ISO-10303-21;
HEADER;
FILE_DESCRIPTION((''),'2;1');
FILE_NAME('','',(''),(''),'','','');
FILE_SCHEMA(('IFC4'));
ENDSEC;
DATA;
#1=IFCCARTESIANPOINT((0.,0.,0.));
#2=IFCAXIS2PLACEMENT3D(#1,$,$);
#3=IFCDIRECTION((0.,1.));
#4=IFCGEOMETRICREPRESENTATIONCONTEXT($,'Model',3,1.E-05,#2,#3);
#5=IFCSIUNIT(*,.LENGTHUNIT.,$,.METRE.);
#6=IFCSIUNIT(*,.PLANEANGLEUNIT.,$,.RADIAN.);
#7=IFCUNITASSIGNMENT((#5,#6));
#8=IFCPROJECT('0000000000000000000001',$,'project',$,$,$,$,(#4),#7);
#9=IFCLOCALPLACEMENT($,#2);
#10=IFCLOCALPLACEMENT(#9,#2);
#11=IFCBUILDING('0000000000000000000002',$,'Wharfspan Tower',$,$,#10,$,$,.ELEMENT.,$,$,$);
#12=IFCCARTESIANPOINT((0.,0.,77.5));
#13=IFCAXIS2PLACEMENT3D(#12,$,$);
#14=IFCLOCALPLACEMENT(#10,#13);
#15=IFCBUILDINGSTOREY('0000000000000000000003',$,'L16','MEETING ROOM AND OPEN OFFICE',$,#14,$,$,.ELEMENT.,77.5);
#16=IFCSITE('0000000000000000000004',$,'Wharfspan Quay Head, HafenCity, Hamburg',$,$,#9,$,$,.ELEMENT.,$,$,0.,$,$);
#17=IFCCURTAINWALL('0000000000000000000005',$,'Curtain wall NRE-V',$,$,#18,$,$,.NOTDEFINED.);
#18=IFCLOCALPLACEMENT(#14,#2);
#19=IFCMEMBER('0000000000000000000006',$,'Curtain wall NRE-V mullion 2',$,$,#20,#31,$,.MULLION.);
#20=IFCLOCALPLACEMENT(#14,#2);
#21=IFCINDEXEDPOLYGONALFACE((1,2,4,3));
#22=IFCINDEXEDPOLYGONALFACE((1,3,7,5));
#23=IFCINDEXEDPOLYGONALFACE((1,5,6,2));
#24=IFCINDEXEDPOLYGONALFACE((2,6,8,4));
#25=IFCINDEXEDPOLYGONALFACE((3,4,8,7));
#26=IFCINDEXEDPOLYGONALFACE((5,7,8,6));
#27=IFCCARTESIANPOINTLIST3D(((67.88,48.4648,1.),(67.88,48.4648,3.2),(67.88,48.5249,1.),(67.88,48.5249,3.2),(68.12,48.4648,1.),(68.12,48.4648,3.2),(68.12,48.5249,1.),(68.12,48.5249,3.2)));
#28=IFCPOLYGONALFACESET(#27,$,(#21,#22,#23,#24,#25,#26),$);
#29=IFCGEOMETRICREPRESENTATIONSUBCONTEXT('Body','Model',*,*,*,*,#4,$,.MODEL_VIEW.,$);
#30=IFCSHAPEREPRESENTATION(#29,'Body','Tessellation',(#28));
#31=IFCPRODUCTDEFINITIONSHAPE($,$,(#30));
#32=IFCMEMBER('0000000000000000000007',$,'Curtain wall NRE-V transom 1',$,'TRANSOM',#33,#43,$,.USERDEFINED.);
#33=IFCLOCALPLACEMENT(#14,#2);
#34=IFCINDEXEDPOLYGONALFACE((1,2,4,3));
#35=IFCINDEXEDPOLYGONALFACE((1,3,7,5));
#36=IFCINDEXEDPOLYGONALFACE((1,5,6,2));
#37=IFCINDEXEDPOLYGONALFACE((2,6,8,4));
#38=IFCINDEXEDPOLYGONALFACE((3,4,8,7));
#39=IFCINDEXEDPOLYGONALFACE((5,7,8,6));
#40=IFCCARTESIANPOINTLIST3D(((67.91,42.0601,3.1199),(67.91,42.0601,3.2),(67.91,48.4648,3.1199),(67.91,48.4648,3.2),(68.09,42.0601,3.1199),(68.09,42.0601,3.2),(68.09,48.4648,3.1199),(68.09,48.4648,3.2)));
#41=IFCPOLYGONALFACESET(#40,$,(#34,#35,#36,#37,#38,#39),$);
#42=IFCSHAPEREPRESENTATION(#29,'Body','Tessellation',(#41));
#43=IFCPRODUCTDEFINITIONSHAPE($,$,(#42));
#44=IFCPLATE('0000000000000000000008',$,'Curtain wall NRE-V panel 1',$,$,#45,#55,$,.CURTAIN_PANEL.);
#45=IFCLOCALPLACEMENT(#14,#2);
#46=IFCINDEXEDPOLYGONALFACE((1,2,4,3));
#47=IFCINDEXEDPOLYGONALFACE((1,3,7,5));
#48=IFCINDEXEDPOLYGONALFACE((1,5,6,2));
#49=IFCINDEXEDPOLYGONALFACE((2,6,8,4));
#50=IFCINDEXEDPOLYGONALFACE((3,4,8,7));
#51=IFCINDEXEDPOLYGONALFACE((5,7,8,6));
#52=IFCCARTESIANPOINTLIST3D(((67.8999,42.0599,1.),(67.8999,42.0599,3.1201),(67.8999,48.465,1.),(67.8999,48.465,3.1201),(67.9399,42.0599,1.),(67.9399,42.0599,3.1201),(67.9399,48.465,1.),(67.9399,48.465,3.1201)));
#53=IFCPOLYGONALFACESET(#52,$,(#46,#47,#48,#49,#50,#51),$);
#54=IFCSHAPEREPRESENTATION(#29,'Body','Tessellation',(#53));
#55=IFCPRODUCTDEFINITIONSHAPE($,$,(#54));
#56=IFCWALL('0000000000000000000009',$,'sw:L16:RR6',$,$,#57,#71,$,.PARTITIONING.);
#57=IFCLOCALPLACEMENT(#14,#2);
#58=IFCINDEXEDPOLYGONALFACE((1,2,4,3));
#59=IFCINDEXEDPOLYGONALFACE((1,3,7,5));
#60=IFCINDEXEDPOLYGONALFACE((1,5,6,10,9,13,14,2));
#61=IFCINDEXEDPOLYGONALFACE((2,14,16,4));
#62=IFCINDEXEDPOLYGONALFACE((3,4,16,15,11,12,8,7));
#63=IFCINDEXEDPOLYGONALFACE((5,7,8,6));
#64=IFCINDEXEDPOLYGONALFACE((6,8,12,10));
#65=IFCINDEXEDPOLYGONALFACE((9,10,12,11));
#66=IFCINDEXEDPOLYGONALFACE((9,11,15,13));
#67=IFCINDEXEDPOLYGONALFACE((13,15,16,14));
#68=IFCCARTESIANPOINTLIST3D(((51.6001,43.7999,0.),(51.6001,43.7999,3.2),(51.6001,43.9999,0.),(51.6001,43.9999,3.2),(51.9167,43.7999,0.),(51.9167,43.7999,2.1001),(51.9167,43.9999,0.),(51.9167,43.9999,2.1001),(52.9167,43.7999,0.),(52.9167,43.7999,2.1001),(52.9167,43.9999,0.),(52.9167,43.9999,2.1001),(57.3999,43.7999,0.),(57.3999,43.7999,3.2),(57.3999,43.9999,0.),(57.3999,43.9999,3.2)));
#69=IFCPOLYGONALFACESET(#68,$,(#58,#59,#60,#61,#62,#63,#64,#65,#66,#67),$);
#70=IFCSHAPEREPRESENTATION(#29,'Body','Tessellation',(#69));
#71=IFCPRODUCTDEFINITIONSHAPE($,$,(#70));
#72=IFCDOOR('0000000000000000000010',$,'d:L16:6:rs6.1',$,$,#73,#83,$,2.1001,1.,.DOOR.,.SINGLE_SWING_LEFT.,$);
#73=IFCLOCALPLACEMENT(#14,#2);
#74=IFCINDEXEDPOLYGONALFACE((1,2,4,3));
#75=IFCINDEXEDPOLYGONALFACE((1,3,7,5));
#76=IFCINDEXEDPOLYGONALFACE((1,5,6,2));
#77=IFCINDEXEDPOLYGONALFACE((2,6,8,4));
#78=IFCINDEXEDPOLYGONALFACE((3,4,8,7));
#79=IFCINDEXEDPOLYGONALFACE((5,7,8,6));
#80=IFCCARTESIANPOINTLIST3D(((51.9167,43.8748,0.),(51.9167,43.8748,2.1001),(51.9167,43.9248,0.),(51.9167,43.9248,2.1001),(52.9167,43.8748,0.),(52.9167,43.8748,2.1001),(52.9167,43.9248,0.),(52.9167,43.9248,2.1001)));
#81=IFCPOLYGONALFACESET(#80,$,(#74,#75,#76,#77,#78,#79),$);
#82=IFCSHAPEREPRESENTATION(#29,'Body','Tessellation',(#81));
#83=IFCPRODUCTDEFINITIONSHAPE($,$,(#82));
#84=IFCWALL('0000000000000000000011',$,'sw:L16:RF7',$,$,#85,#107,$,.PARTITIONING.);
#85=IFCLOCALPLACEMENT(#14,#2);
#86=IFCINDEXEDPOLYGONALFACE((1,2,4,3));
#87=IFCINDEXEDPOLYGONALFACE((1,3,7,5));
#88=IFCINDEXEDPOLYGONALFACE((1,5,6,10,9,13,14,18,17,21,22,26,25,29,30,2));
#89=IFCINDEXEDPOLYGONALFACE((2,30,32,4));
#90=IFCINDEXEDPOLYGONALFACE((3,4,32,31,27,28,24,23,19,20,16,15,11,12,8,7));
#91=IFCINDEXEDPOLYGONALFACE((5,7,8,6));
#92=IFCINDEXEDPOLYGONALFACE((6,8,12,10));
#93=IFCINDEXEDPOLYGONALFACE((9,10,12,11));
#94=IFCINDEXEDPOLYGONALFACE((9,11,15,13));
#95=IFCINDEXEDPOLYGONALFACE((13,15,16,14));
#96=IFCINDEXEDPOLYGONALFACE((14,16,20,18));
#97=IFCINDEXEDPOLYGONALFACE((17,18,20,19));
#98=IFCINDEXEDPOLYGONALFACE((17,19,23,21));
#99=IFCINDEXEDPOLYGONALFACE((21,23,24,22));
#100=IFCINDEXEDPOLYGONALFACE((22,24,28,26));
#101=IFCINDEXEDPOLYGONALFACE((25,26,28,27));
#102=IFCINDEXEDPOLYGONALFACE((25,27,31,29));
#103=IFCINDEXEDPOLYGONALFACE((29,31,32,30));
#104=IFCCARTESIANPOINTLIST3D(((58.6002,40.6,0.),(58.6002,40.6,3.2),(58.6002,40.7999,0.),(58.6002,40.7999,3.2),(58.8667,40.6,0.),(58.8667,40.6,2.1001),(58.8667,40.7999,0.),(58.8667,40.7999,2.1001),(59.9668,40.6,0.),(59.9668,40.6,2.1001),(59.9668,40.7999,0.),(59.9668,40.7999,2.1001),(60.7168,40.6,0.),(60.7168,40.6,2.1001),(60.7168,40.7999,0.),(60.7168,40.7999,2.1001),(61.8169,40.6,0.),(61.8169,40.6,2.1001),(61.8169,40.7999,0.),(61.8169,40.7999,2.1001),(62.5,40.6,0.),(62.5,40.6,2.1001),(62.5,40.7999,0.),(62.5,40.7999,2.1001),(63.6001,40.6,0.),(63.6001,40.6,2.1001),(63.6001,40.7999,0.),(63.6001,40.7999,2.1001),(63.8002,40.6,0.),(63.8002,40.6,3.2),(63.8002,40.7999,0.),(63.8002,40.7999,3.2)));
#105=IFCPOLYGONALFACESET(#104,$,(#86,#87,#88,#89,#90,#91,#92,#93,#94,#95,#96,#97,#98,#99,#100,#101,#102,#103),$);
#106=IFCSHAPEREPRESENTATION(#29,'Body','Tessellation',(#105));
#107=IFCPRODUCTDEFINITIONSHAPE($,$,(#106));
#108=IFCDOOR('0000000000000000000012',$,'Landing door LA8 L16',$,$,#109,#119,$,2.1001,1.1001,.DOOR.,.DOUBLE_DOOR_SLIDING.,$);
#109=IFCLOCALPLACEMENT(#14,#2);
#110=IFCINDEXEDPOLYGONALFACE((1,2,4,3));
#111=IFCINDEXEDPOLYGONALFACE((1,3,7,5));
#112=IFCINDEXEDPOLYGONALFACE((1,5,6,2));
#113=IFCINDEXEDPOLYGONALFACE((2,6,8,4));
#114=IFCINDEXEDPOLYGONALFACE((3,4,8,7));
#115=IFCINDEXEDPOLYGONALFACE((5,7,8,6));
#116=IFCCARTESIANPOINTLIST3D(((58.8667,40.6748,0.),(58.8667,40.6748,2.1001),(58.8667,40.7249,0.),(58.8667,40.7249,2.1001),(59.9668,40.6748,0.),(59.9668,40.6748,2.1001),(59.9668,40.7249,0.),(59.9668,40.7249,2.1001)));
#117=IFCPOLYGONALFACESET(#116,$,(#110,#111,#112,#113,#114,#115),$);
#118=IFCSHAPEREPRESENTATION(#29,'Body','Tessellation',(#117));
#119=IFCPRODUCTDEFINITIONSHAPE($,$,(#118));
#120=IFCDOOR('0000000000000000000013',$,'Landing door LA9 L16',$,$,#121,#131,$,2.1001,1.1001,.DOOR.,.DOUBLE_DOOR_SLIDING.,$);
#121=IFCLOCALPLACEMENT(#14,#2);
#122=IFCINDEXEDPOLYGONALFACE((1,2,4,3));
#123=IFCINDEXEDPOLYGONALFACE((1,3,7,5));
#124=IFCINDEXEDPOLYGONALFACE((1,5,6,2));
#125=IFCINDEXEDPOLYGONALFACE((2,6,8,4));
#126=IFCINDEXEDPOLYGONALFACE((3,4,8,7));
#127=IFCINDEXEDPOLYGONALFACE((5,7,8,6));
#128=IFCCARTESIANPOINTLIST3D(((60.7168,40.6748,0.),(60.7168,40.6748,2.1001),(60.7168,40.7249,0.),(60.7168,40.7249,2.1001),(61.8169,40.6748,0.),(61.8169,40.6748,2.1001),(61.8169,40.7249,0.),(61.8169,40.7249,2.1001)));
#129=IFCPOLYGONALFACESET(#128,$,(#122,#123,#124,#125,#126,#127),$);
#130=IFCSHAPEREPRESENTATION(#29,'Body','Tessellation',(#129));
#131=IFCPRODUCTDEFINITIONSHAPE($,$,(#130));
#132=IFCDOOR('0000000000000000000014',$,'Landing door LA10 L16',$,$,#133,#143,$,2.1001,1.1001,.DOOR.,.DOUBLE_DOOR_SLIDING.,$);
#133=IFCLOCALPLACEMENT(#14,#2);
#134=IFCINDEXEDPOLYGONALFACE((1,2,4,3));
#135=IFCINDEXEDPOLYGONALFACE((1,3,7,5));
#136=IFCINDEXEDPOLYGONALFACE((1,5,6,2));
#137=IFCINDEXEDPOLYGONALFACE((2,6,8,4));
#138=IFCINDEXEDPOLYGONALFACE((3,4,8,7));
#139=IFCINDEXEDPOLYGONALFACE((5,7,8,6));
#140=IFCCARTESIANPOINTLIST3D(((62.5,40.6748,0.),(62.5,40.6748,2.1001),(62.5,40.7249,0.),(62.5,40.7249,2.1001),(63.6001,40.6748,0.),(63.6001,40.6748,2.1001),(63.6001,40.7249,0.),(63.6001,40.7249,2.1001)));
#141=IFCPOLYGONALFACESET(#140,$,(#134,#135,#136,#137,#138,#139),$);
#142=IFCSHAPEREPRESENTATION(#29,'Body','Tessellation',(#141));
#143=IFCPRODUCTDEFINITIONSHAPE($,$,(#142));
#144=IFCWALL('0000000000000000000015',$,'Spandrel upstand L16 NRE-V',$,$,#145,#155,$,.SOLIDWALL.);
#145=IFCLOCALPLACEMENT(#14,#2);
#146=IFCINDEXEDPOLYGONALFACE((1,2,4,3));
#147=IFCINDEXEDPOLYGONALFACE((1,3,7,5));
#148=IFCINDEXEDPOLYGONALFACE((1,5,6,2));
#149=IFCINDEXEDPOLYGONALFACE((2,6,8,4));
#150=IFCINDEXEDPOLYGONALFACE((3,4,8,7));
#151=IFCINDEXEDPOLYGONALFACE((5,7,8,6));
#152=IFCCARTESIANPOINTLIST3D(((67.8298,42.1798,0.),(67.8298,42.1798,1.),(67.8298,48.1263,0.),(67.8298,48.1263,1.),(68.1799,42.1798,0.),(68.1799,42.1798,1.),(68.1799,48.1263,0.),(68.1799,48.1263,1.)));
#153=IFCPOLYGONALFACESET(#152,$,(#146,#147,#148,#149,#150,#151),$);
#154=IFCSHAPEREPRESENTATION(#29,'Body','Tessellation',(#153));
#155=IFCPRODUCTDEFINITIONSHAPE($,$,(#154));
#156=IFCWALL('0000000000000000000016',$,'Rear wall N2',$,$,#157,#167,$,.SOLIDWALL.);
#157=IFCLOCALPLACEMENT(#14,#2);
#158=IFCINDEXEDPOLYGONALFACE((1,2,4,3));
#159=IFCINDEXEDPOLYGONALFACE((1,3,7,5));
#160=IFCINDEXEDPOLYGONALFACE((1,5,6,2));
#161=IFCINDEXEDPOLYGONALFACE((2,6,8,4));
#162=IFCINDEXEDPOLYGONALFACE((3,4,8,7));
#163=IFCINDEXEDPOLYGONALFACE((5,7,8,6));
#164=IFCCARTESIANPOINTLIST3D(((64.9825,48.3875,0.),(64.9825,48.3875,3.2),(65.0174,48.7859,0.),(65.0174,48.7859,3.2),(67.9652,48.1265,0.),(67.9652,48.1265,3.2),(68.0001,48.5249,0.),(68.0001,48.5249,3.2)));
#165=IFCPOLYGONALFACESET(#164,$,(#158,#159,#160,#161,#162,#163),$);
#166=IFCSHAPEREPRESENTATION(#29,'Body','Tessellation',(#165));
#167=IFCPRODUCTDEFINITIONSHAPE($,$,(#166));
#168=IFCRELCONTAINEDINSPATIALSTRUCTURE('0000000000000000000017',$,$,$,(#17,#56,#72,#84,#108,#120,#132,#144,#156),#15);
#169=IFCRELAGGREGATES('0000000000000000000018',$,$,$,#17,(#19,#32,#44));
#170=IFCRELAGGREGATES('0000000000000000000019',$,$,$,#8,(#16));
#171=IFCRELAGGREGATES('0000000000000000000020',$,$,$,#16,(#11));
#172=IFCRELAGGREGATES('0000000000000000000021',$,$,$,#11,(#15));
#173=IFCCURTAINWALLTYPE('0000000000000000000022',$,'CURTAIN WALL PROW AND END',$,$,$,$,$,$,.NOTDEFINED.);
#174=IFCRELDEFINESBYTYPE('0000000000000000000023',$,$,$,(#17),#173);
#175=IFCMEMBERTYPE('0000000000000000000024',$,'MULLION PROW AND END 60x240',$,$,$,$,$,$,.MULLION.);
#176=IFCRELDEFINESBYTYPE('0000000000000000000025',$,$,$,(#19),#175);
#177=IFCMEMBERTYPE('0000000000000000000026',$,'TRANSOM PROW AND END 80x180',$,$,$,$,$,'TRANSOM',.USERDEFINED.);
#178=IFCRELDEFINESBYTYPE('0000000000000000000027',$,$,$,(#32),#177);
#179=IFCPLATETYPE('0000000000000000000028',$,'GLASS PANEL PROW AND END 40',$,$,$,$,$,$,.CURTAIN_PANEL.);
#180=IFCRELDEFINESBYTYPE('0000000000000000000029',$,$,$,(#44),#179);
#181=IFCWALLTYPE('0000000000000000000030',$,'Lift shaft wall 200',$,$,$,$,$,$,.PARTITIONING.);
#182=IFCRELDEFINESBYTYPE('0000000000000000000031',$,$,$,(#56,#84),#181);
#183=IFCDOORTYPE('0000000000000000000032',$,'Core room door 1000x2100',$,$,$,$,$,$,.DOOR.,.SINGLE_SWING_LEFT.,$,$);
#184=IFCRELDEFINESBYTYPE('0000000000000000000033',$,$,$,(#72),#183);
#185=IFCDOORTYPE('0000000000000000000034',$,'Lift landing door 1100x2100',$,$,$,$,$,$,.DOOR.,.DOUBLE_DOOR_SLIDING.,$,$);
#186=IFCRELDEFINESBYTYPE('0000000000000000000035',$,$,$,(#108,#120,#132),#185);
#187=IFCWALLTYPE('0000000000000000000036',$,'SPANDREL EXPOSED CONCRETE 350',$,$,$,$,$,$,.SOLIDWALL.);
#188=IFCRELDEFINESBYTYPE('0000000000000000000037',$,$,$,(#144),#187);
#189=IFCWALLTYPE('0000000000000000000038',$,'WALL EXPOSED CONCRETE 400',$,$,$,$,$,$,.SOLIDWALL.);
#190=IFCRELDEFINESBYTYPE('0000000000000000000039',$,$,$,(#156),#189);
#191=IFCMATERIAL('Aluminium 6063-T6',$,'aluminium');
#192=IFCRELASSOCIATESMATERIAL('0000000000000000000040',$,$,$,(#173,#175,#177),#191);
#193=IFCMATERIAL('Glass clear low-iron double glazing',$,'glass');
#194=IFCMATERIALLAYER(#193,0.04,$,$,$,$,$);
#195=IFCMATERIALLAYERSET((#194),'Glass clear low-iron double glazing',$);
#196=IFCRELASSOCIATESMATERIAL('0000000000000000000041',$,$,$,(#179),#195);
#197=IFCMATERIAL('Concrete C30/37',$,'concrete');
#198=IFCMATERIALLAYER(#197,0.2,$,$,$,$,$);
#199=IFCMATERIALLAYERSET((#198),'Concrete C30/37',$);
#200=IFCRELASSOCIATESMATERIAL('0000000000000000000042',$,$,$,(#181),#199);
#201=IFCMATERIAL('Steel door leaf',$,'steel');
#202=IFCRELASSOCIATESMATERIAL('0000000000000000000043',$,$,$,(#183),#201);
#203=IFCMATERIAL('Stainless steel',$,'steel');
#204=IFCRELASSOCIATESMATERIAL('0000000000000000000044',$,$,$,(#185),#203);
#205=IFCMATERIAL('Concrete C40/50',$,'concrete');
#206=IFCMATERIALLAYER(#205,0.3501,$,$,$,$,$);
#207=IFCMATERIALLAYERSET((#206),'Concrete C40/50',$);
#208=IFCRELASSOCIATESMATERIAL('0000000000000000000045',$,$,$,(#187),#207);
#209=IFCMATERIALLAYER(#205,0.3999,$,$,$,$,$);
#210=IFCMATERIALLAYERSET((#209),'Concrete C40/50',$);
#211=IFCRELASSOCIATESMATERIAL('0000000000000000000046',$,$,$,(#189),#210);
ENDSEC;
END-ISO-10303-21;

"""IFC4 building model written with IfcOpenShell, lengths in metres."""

from ifc_helpers import new_model, si_unit, direction, frame, frame_2d, origin, origin_2d, place, context, subcontext, project, spatial, rectangle, extrude, material, layer, layer_set, material_profile, profile_set, type_object, element, fill, aggregate, save


model = new_model("IFC4")

# Units and contexts
model_context = context("Model", 3, precision=1e-05, world=origin(), true_north=direction((0.0, 1.0)))
body_context = subcontext(model_context, "Body", "Model", "MODEL_VIEW")
ifc_project = project(units=[si_unit("LENGTHUNIT", "METRE"), si_unit("PLANEANGLEUNIT", "RADIAN")], contexts=[model_context])

# Site, building, storey
site_placement = place(None, origin())
site = spatial("IfcSite", under=ifc_project, at=site_placement, Name="Wharfspan Quay Head, HafenCity, Hamburg", CompositionType="ELEMENT", RefElevation=0.0)
building_placement = place(site_placement, origin())
building = spatial("IfcBuilding", under=site, at=building_placement, Name="Wharfspan Tower", CompositionType="ELEMENT")
storey_placement = place(building_placement, frame((0.0, 0.0, 77.5)))
storey = spatial("IfcBuildingStorey", under=building, at=storey_placement, Name="L16", Description="MEETING ROOM AND OPEN OFFICE", CompositionType="ELEMENT", Elevation=77.5)

# Shared definitions
ifc_material_1 = material(Name="Aluminium 6063-T6", Category="aluminium")
curtain_wall_type = type_object("IfcCurtainWallType", Name="CURTAIN WALL PROW AND END", PredefinedType="NOTDEFINED", material=ifc_material_1)
ifc_material_profile_1 = material_profile(ifc_material_1, rectangle(XDim=0.24, YDim=0.0601, at=origin_2d()))
ifc_profile_set_1 = profile_set([ifc_material_profile_1], Name="Aluminium 6063-T6")
member_type_1 = type_object("IfcMemberType", Name="MULLION PROW AND END 60x240", PredefinedType="MULLION", material=ifc_profile_set_1)

# Curtain wall, members, plate
curtain_wall_1_placement = place(storey_placement, origin())
curtain_wall_1 = element("IfcCurtainWall", 1, at=curtain_wall_1_placement, inside=storey, type_object=curtain_wall_type, Name="Curtain wall NRE-V", PredefinedType="NOTDEFINED")
member_1_placement = place(storey_placement, frame((68.0, 48.4949, 1.0), z_axis=(0.0, 0.0, 1.0), x_axis=(-1.0, 0.0, 0.0)))
member_1 = element("IfcMember", 2, at=member_1_placement, type_object=member_type_1, Name="Curtain wall NRE-V mullion 2", PredefinedType="MULLION", context=body_context, shape_type="SweptSolid", body=[
    extrude(rectangle(XDim=0.24, YDim=0.0601, at=origin_2d()), origin(), (0.0, 0.0, 1.0), 2.2),
])
ifc_material_profile_2 = material_profile(ifc_material_1, rectangle(XDim=0.1799, YDim=0.0801, at=origin_2d()))
ifc_profile_set_2 = profile_set([ifc_material_profile_2], Name="Aluminium 6063-T6")
member_type_2 = type_object("IfcMemberType", Name="TRANSOM PROW AND END 80x180", ElementType="TRANSOM", PredefinedType="USERDEFINED", material=ifc_profile_set_2)
member_2_placement = place(storey_placement, frame((68.0, 42.0601, 3.1599), z_axis=(0.0, 1.0, 0.0), x_axis=(-1.0, 0.0, 0.0)))
member_2 = element("IfcMember", 3, at=member_2_placement, type_object=member_type_2, Name="Curtain wall NRE-V transom 1", ObjectType="TRANSOM", PredefinedType="USERDEFINED", context=body_context, shape_type="SweptSolid", body=[
    extrude(rectangle(XDim=0.1799, YDim=0.0801, at=origin_2d()), origin(), (0.0, 0.0, 1.0), 6.4048),
])
ifc_material_2 = material(Name="Glass clear low-iron double glazing", Category="glass")
ifc_layer_1 = layer(ifc_material_2, 0.04)
ifc_layer_set_1 = layer_set([ifc_layer_1], Name="Glass clear low-iron double glazing")
plate_type = type_object("IfcPlateType", Name="GLASS PANEL PROW AND END 40", PredefinedType="CURTAIN_PANEL", material=ifc_layer_set_1)
plate_placement = place(storey_placement, frame((67.9199, 45.2625, 1.0), z_axis=(0.0, 0.0, 1.0), x_axis=(0.0, 1.0, 0.0)))
plate = element("IfcPlate", 4, at=plate_placement, type_object=plate_type, Name="Curtain wall NRE-V panel 1", PredefinedType="CURTAIN_PANEL", context=body_context, shape_type="SweptSolid", body=[
    extrude(rectangle(XDim=6.405, YDim=0.04, at=origin_2d()), origin(), (0.0, 0.0, 1.0), 2.1201),
])
aggregate(curtain_wall_1, [member_1, member_2, plate])

# Wall, opening, door
ifc_material_3 = material(Name="Concrete C30/37", Category="concrete")
ifc_layer_2 = layer(ifc_material_3, 0.2)
ifc_layer_set_2 = layer_set([ifc_layer_2], Name="Concrete C30/37")
wall_type_1 = type_object("IfcWallType", Name="Lift shaft wall 200", PredefinedType="PARTITIONING", material=ifc_layer_set_2)
wall_1_placement = place(storey_placement, frame((51.6001, 43.8999, 0.0), z_axis=(0.0, 0.0, 1.0), x_axis=(1.0, 0.0, 0.0)))
wall_1 = element("IfcWall", 5, at=wall_1_placement, inside=storey, type_object=wall_type_1, Name="sw:L16:RR6", PredefinedType="PARTITIONING", context=body_context, shape_type="SweptSolid", body=[
    extrude(rectangle(XDim=5.7998, YDim=0.2, at=frame_2d((2.8999, 0.0))), origin(), (0.0, 0.0, 1.0), 3.2),
])
opening_1_placement = place(wall_1_placement, frame((0.3166, 0.0, 0.0)))
opening_1 = element("IfcOpeningElement", 6, at=opening_1_placement, cuts=wall_1, PredefinedType="OPENING", context=body_context, shape_type="SweptSolid", body=[
    extrude(rectangle(XDim=1.0, YDim=2.1001, at=frame_2d((0.5, 1.05))), frame((0.0, 0.1099, 0.0), z_axis=(0.0, -1.0, 0.0), x_axis=(1.0, 0.0, 0.0)), (0.0, 0.0, 1.0), 0.22),
])
ifc_material_4 = material(Name="Steel door leaf", Category="steel")
door_type_1 = type_object("IfcDoorType", Name="Core room door 1000x2100", OperationType="SINGLE_SWING_LEFT", PredefinedType="DOOR", material=ifc_material_4)
door_1_placement = place(opening_1_placement, origin())
door_1 = element("IfcDoor", 7, at=door_1_placement, inside=storey, type_object=door_type_1, Name="d:L16:6:rs6.1", OperationType="SINGLE_SWING_LEFT", OverallHeight=2.1001, OverallWidth=1.0, PredefinedType="DOOR", context=body_context, shape_type="SweptSolid", body=[
    extrude(rectangle(XDim=1.0, YDim=2.1001, at=frame_2d((0.5, 1.05))), frame((0.0, 0.0249, 0.0), z_axis=(0.0, -1.0, 0.0), x_axis=(1.0, 0.0, 0.0)), (0.0, 0.0, 1.0), 0.05),
])
fill(opening_1, door_1)

# Wall, openings, doors
wall_2_placement = place(storey_placement, frame((58.6001, 40.7, 0.0), z_axis=(0.0, 0.0, 1.0), x_axis=(1.0, 0.0, 0.0)))
wall_2 = element("IfcWall", 8, at=wall_2_placement, inside=storey, type_object=wall_type_1, Name="sw:L16:RF7", PredefinedType="PARTITIONING", context=body_context, shape_type="SweptSolid", body=[
    extrude(rectangle(XDim=5.2, YDim=0.2, at=frame_2d((2.6001, 0.0))), origin(), (0.0, 0.0, 1.0), 3.2),
])
opening_2_placement = place(wall_2_placement, frame((0.2666, 0.0, 0.0)))
opening_2 = element("IfcOpeningElement", 9, at=opening_2_placement, cuts=wall_2, PredefinedType="OPENING", context=body_context, shape_type="SweptSolid", body=[
    extrude(rectangle(XDim=1.1001, YDim=2.1001, at=frame_2d((0.55, 1.05))), frame((0.0, 0.1099, 0.0), z_axis=(0.0, -1.0, 0.0), x_axis=(1.0, 0.0, 0.0)), (0.0, 0.0, 1.0), 0.22),
])
opening_3_placement = place(wall_2_placement, frame((2.1167, 0.0, 0.0)))
opening_3 = element("IfcOpeningElement", 10, at=opening_3_placement, cuts=wall_2, PredefinedType="OPENING", context=body_context, shape_type="SweptSolid", body=[
    extrude(rectangle(XDim=1.1001, YDim=2.1001, at=frame_2d((0.55, 1.05))), frame((0.0, 0.1099, 0.0), z_axis=(0.0, -1.0, 0.0), x_axis=(1.0, 0.0, 0.0)), (0.0, 0.0, 1.0), 0.22),
])
opening_4_placement = place(wall_2_placement, frame((3.8999, 0.0, 0.0)))
opening_4 = element("IfcOpeningElement", 11, at=opening_4_placement, cuts=wall_2, PredefinedType="OPENING", context=body_context, shape_type="SweptSolid", body=[
    extrude(rectangle(XDim=1.1001, YDim=2.1001, at=frame_2d((0.55, 1.05))), frame((0.0, 0.1099, 0.0), z_axis=(0.0, -1.0, 0.0), x_axis=(1.0, 0.0, 0.0)), (0.0, 0.0, 1.0), 0.22),
])
ifc_material_5 = material(Name="Stainless steel", Category="steel")
door_type_2 = type_object("IfcDoorType", Name="Lift landing door 1100x2100", OperationType="DOUBLE_DOOR_SLIDING", PredefinedType="DOOR", material=ifc_material_5)
door_2_placement = place(opening_2_placement, origin())
door_2 = element("IfcDoor", 12, at=door_2_placement, inside=storey, type_object=door_type_2, Name="Landing door LA8 L16", OperationType="DOUBLE_DOOR_SLIDING", OverallHeight=2.1001, OverallWidth=1.1001, PredefinedType="DOOR", context=body_context, shape_type="SweptSolid", body=[
    extrude(rectangle(XDim=1.1001, YDim=2.1001, at=frame_2d((0.55, 1.05))), frame((0.0, 0.0249, 0.0), z_axis=(0.0, -1.0, 0.0), x_axis=(1.0, 0.0, 0.0)), (0.0, 0.0, 1.0), 0.05),
])
fill(opening_2, door_2)
door_3_placement = place(opening_3_placement, origin())
door_3 = element("IfcDoor", 13, at=door_3_placement, inside=storey, type_object=door_type_2, Name="Landing door LA9 L16", OperationType="DOUBLE_DOOR_SLIDING", OverallHeight=2.1001, OverallWidth=1.1001, PredefinedType="DOOR", context=body_context, shape_type="SweptSolid", body=[
    extrude(rectangle(XDim=1.1001, YDim=2.1001, at=frame_2d((0.55, 1.05))), frame((0.0, 0.0249, 0.0), z_axis=(0.0, -1.0, 0.0), x_axis=(1.0, 0.0, 0.0)), (0.0, 0.0, 1.0), 0.05),
])
fill(opening_3, door_3)
door_4_placement = place(opening_4_placement, origin())
door_4 = element("IfcDoor", 14, at=door_4_placement, inside=storey, type_object=door_type_2, Name="Landing door LA10 L16", OperationType="DOUBLE_DOOR_SLIDING", OverallHeight=2.1001, OverallWidth=1.1001, PredefinedType="DOOR", context=body_context, shape_type="SweptSolid", body=[
    extrude(rectangle(XDim=1.1001, YDim=2.1001, at=frame_2d((0.55, 1.05))), frame((0.0, 0.0249, 0.0), z_axis=(0.0, -1.0, 0.0), x_axis=(1.0, 0.0, 0.0)), (0.0, 0.0, 1.0), 0.05),
])
fill(opening_4, door_4)

# Walls
ifc_material_6 = material(Name="Concrete C40/50", Category="concrete")
ifc_layer_3 = layer(ifc_material_6, 0.3501)
ifc_layer_set_3 = layer_set([ifc_layer_3], Name="Concrete C40/50")
wall_type_2 = type_object("IfcWallType", Name="SPANDREL EXPOSED CONCRETE 350", PredefinedType="SOLIDWALL", material=ifc_layer_set_3)
wall_3_placement = place(storey_placement, frame((68.0049, 42.1799, 0.0), z_axis=(0.0, 0.0, 1.0), x_axis=(0.0, 1.0, 0.0)))
element("IfcWall", 15, at=wall_3_placement, inside=storey, type_object=wall_type_2, Name="Spandrel upstand L16 NRE-V", PredefinedType="SOLIDWALL", context=body_context, shape_type="SweptSolid", body=[
    extrude(rectangle(XDim=5.9465, YDim=0.3501, at=frame_2d((2.9731, 0.0))), origin(), (0.0, 0.0, 1.0), 1.0),
])
ifc_layer_4 = layer(ifc_material_6, 0.3999)
ifc_layer_set_4 = layer_set([ifc_layer_4], Name="Concrete C40/50")
wall_type_3 = type_object("IfcWallType", Name="WALL EXPOSED CONCRETE 400", PredefinedType="SOLIDWALL", material=ifc_layer_set_4)
wall_4_placement = place(storey_placement, frame((67.9827, 48.3257, 0.0), z_axis=(0.0, 0.0, 1.0), x_axis=(-0.996194, 0.087168, 0.0)))
element("IfcWall", 16, at=wall_4_placement, inside=storey, type_object=wall_type_3, Name="Rear wall N2", PredefinedType="SOLIDWALL", context=body_context, shape_type="SweptSolid", body=[
    extrude(rectangle(XDim=2.9941, YDim=0.3999, at=frame_2d((1.4971, 0.0))), origin(), (0.0, 0.0, 1.0), 3.2),
])

save(model, "model.ifc")
